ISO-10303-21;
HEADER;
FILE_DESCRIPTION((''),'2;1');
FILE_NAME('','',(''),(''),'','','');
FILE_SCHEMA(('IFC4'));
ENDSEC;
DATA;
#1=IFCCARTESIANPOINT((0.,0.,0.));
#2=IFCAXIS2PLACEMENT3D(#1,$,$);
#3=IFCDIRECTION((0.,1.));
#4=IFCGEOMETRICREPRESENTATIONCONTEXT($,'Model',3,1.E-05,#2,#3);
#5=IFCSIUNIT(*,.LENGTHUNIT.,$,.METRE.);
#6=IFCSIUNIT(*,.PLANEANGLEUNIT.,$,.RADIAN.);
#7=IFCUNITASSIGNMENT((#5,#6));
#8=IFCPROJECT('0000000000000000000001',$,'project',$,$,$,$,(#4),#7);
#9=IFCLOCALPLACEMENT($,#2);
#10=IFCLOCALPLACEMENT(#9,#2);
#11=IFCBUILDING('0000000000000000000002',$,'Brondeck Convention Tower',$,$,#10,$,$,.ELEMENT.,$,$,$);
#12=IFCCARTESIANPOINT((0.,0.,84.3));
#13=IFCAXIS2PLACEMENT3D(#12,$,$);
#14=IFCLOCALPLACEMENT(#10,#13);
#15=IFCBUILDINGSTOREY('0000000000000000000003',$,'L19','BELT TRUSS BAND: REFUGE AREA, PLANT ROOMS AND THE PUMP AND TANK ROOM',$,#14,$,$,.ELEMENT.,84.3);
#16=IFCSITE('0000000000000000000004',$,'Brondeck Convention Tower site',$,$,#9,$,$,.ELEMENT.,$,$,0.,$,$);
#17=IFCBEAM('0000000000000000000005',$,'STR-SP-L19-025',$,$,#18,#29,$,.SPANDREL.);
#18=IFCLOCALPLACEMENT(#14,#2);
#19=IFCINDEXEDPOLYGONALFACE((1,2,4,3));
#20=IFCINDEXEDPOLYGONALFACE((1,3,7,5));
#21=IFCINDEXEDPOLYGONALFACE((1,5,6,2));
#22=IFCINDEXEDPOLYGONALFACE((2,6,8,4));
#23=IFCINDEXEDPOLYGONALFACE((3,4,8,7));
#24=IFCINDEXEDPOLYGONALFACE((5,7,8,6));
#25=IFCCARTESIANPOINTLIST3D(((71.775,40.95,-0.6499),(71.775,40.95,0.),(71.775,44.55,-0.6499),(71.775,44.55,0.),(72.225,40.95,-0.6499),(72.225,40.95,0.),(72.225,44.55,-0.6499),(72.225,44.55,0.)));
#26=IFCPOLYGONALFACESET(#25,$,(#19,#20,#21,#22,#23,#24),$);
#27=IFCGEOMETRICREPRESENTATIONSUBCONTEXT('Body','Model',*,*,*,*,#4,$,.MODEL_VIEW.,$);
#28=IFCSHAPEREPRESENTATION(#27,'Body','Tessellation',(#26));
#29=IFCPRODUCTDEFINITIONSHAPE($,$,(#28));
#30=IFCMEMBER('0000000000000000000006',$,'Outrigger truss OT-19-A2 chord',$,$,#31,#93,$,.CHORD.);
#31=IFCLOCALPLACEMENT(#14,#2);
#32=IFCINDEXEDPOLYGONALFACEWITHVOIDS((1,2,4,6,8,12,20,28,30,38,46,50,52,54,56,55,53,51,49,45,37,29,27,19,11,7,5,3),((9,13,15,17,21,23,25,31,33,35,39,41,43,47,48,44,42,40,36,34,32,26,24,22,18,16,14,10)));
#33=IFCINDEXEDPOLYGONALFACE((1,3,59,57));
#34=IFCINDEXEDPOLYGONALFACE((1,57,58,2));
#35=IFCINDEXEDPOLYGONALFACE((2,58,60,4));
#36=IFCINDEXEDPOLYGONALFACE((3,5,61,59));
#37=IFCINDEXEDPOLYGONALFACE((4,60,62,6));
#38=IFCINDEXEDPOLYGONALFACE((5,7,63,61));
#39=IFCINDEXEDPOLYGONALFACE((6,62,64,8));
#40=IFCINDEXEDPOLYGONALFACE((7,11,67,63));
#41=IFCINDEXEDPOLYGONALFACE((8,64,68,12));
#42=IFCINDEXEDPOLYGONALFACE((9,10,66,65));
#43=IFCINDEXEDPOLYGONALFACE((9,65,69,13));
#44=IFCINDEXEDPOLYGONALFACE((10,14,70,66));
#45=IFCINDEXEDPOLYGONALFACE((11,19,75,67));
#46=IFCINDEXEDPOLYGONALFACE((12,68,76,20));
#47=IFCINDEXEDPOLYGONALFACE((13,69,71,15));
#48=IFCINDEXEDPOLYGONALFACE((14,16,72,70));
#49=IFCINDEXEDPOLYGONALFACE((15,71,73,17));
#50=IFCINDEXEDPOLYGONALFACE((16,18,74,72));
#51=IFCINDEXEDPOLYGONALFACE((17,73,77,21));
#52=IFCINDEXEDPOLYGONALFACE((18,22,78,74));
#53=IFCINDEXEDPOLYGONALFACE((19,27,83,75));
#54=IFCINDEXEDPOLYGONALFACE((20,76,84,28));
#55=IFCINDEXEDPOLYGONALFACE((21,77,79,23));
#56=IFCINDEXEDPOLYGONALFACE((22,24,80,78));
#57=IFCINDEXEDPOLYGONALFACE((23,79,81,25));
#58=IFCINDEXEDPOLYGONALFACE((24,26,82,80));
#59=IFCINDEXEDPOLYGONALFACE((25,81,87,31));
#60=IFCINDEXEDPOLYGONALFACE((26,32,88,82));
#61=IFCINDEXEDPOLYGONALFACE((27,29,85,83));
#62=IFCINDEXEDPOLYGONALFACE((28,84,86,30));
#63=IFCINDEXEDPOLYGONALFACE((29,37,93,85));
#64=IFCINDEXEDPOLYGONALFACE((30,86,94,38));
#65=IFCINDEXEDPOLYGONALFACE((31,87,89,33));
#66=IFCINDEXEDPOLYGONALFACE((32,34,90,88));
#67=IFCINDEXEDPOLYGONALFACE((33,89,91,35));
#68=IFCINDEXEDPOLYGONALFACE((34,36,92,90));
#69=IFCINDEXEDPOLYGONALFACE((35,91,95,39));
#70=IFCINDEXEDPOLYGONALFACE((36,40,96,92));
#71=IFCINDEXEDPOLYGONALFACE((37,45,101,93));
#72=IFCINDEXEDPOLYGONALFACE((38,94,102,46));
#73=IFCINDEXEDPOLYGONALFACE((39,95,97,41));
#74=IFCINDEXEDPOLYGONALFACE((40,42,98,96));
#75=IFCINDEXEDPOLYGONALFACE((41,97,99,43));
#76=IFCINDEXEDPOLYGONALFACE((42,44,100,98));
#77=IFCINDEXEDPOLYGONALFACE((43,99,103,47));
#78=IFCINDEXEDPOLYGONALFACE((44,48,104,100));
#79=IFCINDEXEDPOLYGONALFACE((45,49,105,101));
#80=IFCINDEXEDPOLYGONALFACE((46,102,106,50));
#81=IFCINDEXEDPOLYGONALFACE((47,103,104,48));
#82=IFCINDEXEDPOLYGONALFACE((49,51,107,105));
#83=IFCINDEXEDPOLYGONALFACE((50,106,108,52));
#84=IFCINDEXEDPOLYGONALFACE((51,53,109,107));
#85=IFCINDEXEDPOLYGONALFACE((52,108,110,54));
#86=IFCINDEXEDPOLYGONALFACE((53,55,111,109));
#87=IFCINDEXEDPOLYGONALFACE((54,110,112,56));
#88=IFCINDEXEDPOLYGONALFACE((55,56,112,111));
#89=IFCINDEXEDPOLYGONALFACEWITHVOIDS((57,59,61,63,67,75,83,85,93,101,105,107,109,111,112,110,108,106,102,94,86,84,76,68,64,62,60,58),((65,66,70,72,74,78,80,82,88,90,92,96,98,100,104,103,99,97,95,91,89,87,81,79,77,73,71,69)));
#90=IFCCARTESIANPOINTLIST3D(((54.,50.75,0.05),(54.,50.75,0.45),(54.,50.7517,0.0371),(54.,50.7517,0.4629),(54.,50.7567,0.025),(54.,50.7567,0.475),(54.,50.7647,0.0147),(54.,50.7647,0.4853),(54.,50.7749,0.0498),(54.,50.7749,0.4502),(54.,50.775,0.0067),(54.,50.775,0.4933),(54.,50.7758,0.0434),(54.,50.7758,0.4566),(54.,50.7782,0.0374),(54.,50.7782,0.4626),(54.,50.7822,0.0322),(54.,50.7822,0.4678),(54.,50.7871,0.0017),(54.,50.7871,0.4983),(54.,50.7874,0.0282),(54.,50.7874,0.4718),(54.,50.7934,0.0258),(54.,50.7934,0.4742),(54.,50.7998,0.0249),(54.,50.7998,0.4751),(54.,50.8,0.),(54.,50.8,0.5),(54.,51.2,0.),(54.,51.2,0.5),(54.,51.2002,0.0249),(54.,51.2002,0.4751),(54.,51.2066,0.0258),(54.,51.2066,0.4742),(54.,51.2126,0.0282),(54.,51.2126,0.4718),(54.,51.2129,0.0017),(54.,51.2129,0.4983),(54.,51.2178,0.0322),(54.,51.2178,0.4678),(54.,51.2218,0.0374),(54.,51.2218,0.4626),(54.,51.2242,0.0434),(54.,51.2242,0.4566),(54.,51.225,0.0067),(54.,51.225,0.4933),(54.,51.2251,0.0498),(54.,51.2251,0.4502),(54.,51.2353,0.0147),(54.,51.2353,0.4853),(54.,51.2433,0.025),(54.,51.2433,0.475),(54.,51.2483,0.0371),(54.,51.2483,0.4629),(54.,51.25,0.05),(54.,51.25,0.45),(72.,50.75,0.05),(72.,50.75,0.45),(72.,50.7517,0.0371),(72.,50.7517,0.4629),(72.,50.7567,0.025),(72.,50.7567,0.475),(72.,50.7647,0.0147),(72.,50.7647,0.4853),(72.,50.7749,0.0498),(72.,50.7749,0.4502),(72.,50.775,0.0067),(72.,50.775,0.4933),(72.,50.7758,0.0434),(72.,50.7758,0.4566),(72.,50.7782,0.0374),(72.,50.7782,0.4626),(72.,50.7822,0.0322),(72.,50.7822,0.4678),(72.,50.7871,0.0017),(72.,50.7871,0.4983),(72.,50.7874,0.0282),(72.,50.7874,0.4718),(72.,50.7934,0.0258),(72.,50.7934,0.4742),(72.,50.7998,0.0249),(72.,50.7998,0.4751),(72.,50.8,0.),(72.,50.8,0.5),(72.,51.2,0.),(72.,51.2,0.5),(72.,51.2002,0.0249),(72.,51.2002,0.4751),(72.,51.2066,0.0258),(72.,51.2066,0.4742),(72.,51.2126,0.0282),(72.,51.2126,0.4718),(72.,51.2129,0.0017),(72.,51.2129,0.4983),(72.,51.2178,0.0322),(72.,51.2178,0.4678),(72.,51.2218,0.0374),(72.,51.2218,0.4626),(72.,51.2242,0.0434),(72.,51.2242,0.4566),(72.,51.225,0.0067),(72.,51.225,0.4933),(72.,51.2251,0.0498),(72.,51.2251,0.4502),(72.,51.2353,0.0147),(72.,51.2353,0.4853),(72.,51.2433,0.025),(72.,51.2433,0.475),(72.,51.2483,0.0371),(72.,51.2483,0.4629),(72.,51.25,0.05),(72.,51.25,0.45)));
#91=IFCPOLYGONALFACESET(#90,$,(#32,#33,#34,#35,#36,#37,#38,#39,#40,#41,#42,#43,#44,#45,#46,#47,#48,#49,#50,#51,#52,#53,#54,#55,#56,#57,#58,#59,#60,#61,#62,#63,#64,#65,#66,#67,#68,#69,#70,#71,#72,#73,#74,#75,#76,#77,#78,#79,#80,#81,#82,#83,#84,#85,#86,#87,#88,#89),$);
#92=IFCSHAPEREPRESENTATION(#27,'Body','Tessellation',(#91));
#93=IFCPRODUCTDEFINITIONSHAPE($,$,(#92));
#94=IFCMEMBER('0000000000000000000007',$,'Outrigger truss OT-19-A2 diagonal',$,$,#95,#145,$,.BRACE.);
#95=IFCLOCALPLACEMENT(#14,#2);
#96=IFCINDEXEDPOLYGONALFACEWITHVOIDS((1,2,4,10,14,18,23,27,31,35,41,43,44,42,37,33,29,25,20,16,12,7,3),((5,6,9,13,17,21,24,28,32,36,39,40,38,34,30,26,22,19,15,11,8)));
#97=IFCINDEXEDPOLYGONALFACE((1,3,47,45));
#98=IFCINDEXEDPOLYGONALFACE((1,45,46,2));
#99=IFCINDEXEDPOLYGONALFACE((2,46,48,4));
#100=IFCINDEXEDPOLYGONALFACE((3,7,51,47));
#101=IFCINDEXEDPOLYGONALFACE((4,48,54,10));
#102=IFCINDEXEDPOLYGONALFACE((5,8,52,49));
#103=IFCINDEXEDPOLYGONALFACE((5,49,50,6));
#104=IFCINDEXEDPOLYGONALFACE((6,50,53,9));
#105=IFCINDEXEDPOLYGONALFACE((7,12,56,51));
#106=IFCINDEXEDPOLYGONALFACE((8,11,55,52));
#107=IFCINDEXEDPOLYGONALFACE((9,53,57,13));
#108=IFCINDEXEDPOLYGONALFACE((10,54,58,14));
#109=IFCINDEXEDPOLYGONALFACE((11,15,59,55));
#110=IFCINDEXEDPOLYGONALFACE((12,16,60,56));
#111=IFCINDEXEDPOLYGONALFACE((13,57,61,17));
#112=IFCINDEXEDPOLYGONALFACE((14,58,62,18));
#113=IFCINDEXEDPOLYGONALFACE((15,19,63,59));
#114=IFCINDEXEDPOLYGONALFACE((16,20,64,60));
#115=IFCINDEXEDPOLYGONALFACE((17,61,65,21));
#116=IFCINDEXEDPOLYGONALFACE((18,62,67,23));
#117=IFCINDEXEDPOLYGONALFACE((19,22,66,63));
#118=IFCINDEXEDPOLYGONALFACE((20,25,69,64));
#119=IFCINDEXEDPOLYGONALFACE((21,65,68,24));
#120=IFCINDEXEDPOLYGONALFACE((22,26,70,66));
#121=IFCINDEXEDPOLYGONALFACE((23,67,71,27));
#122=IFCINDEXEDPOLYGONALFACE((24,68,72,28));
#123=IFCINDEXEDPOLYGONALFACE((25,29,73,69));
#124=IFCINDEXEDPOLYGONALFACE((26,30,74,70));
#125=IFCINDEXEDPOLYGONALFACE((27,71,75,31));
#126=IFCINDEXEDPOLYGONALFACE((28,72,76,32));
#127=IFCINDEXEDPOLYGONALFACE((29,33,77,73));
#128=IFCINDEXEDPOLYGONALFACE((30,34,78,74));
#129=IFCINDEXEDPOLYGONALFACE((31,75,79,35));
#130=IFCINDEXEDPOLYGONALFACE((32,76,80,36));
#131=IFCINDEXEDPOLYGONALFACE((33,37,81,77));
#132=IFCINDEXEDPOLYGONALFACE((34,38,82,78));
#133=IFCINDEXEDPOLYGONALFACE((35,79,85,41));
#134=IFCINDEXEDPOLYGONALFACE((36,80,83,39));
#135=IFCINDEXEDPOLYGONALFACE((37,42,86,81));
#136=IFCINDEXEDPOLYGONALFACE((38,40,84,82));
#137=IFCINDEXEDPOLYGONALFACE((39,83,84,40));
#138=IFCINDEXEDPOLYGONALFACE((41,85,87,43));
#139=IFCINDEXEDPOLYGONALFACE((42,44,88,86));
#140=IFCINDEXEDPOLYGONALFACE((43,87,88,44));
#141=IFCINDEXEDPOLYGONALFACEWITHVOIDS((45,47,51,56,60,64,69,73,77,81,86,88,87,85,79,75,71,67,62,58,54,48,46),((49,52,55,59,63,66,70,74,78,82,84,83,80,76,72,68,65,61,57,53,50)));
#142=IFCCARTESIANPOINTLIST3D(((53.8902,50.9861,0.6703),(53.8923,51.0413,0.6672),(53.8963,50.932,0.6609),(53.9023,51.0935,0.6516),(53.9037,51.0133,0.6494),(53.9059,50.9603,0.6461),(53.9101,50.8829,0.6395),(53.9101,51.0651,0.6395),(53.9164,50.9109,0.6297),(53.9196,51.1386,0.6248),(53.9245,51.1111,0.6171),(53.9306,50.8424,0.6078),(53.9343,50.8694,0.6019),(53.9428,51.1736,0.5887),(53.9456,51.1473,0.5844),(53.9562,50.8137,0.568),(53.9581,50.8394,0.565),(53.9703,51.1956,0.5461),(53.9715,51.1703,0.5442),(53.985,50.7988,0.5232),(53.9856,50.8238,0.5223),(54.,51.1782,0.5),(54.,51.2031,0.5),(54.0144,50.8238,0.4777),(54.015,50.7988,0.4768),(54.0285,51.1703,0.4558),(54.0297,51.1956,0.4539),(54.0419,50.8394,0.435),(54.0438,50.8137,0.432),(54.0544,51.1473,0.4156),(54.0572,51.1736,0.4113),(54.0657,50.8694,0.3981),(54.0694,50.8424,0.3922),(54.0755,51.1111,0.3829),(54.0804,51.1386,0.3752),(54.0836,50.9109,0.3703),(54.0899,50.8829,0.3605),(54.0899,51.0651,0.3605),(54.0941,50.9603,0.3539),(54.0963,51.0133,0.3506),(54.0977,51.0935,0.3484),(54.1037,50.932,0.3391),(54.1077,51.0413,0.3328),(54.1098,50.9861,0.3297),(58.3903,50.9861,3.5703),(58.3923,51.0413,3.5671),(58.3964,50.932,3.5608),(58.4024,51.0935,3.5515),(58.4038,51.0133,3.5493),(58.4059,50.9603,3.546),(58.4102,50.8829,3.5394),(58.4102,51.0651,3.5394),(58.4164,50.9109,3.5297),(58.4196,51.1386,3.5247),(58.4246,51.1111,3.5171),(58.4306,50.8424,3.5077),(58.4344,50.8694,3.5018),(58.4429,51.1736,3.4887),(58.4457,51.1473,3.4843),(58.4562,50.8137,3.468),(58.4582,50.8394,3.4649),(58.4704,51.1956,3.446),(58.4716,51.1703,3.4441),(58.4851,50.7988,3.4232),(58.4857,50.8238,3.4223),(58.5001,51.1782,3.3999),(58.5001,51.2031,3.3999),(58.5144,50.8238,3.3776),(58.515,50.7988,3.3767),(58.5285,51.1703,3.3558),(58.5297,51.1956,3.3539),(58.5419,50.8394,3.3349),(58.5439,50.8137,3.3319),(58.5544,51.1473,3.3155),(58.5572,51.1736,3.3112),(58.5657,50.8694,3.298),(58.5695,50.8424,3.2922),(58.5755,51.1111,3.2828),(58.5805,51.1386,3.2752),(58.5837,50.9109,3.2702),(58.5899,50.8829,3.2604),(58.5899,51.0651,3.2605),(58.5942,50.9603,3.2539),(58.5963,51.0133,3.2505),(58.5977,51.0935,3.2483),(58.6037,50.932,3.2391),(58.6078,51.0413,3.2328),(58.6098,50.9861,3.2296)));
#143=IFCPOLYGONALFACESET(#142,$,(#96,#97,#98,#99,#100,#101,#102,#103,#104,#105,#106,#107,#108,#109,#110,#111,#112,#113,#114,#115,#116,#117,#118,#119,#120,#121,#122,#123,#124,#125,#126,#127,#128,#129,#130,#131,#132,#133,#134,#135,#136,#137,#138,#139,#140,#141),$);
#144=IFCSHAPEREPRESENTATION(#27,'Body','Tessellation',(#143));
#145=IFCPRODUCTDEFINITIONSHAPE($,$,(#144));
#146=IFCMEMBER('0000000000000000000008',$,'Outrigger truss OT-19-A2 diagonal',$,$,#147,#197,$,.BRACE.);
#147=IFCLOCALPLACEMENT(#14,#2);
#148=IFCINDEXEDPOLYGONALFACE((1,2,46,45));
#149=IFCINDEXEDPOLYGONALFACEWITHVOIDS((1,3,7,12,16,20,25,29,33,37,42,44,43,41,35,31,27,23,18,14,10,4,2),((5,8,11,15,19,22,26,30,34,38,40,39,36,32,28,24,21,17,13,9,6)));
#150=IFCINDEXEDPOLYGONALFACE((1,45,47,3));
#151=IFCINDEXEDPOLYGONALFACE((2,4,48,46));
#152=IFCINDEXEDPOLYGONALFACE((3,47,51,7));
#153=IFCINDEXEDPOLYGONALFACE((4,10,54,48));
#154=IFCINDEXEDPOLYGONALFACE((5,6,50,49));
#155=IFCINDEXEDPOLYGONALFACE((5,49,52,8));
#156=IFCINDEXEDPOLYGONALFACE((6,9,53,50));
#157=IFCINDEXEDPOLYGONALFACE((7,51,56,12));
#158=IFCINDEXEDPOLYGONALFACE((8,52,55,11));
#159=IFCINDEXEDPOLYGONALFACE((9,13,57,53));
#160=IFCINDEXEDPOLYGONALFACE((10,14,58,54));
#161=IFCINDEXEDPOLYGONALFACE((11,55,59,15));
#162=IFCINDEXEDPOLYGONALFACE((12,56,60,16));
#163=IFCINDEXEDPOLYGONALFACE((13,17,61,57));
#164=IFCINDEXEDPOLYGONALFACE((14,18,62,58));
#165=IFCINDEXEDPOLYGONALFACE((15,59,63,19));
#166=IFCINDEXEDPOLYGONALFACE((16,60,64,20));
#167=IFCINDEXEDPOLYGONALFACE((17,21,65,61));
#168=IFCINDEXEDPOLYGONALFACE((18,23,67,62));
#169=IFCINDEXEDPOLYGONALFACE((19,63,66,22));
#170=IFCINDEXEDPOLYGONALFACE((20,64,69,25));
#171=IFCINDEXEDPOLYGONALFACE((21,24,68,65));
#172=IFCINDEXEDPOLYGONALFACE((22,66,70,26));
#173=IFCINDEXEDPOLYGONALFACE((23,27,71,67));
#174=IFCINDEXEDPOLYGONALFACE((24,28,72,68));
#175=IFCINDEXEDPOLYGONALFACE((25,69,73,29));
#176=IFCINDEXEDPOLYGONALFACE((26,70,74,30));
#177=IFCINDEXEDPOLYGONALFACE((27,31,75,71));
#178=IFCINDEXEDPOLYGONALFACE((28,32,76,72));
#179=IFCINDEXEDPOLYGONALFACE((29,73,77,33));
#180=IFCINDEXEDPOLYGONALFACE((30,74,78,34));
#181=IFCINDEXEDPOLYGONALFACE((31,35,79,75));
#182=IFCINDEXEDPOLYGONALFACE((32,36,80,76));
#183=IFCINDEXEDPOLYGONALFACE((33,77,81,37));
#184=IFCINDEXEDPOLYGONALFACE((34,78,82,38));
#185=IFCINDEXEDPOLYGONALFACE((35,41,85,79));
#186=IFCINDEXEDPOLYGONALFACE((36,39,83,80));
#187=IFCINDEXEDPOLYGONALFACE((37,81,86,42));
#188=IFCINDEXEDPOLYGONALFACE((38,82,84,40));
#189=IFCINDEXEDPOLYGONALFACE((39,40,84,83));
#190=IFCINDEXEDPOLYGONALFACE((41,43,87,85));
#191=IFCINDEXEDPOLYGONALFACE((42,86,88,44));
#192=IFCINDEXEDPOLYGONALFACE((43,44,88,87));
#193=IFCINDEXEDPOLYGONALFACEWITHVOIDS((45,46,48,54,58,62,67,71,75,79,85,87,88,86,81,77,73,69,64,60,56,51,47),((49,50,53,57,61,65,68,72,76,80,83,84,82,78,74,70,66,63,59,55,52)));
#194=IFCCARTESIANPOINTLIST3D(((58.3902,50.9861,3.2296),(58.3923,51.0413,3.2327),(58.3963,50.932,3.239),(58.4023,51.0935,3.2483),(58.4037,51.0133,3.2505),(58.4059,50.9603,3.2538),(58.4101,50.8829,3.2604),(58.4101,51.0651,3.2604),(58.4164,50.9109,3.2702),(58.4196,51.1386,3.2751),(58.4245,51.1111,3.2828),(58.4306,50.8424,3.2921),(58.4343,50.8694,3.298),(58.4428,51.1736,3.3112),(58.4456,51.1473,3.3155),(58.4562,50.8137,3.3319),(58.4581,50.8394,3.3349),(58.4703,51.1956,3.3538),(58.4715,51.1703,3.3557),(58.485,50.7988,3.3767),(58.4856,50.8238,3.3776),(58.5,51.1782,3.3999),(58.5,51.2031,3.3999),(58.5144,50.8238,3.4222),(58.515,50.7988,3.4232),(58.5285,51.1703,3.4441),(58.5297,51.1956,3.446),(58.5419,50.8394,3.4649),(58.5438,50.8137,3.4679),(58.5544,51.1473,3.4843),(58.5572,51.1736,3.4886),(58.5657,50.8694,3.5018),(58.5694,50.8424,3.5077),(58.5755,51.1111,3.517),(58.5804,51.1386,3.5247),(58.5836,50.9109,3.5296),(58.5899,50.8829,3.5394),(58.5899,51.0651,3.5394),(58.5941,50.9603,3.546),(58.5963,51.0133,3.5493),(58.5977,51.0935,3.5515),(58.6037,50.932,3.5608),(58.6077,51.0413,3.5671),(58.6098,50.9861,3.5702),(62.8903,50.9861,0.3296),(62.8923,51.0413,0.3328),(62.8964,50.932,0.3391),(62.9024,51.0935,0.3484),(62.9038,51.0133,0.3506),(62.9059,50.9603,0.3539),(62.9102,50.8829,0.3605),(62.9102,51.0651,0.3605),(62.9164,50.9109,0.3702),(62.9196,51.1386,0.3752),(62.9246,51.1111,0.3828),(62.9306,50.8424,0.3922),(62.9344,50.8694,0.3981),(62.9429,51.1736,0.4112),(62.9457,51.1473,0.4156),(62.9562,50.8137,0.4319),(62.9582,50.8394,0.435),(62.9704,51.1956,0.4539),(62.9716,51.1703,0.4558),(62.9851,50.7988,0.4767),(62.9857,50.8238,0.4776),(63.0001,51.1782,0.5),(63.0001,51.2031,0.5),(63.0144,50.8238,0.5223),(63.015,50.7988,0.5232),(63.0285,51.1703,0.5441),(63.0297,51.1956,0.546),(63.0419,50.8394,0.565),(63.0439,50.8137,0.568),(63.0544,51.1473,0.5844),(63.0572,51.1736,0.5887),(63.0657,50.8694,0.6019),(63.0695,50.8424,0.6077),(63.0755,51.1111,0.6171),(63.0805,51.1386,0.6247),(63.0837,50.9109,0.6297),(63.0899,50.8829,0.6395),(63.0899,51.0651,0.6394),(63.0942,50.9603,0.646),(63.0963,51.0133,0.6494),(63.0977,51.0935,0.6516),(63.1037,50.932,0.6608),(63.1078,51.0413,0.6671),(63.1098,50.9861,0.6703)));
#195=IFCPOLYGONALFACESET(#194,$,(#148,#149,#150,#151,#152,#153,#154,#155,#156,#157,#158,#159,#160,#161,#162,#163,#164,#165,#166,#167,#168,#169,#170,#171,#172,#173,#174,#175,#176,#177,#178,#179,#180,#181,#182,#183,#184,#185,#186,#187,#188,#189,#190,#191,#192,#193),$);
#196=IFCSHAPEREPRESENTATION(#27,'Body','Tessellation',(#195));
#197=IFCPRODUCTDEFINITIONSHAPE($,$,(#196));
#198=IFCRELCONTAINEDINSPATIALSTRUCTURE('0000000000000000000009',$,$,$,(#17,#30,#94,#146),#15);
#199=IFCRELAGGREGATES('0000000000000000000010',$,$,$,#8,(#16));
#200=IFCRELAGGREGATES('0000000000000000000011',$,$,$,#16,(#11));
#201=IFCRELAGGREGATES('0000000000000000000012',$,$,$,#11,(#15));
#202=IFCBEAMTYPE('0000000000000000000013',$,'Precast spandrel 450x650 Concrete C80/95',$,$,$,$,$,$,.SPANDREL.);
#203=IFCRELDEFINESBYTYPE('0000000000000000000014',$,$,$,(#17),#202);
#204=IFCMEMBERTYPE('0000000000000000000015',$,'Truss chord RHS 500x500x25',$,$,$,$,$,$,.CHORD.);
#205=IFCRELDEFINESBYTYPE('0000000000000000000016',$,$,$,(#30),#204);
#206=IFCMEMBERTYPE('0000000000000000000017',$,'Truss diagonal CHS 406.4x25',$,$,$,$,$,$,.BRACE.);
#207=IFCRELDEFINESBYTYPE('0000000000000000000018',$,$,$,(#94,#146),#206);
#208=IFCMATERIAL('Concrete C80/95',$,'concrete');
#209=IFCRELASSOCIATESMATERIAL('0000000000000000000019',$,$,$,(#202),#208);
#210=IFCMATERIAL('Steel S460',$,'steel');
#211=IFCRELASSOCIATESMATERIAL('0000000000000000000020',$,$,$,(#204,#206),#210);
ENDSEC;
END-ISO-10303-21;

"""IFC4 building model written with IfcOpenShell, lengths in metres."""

from ifc_helpers import new_model, si_unit, direction, frame, origin, origin_2d, place, context, subcontext, project, spatial, rectangle, hollow_rectangle, hollow_circle, extrude, material, material_profile, profile_set, type_object, element, save


model = new_model("IFC4")

# Units and contexts
model_context = context("Model", 3, precision=1e-05, world=origin(), true_north=direction((0.0, 1.0)))
body_context = subcontext(model_context, "Body", "Model", "MODEL_VIEW")
ifc_project = project(units=[si_unit("LENGTHUNIT", "METRE"), si_unit("PLANEANGLEUNIT", "RADIAN")], contexts=[model_context])

# Site, building, storey
site_placement = place(None, origin())
site = spatial("IfcSite", under=ifc_project, at=site_placement, Name="Brondeck Convention Tower site", CompositionType="ELEMENT", RefElevation=0.0)
building_placement = place(site_placement, origin())
building = spatial("IfcBuilding", under=site, at=building_placement, Name="Brondeck Convention Tower", CompositionType="ELEMENT")
storey_placement = place(building_placement, frame((0.0, 0.0, 84.3)))
storey = spatial("IfcBuildingStorey", under=building, at=storey_placement, Name="L19", Description="BELT TRUSS BAND: REFUGE AREA, PLANT ROOMS AND THE PUMP AND TANK ROOM", CompositionType="ELEMENT", Elevation=84.3)

# Shared definitions
ifc_material_1 = material(Name="Concrete C80/95", Category="concrete")

# Shared definitions
ifc_material_2 = material(Name="Steel S460", Category="steel")

# Beam
ifc_material_profile_1 = material_profile(ifc_material_1, rectangle(XDim=0.45, YDim=0.6499, at=origin_2d()), Name="Precast spandrel 450x650 Concrete C80/95")
ifc_profile_set_1 = profile_set([ifc_material_profile_1], Name="Concrete C80/95")
beam_type_1 = type_object("IfcBeamType", Name="Precast spandrel 450x650 Concrete C80/95", PredefinedType="SPANDREL", material=ifc_profile_set_1)
beam_1_placement = place(storey_placement, frame((72.0, 40.95, -0.325), z_axis=(0.0, 1.0, 0.0), x_axis=(-1.0, 0.0, 0.0)))
element("IfcBeam", 1, at=beam_1_placement, inside=storey, type_object=beam_type_1, Name="STR-SP-L19-025", PredefinedType="SPANDREL", context=body_context, shape_type="SweptSolid", body=[
    extrude(rectangle(XDim=0.45, YDim=0.6499, at=origin_2d()), origin(), (0.0, 0.0, 1.0), 3.6001),
])

# Members
ifc_material_profile_2 = material_profile(ifc_material_2, hollow_rectangle(XDim=0.5, YDim=0.5, WallThickness=0.0249, InnerFilletRadius=0.0249, OuterFilletRadius=0.05, at=origin_2d()), Name="RHS 500x500x25")
ifc_profile_set_2 = profile_set([ifc_material_profile_2], Name="Steel S460")
member_type_1 = type_object("IfcMemberType", Name="Truss chord RHS 500x500x25", PredefinedType="CHORD", material=ifc_profile_set_2)
member_placement = place(storey_placement, frame((54.0, 51.0, 0.25), z_axis=(1.0, 0.0, 0.0), x_axis=(0.0, 1.0, 0.0)))
element("IfcMember", 2, at=member_placement, inside=storey, type_object=member_type_1, Name="Outrigger truss OT-19-A2 chord", PredefinedType="CHORD", context=body_context, shape_type="SweptSolid", body=[
    extrude(hollow_rectangle(XDim=0.5, YDim=0.5, WallThickness=0.0249, InnerFilletRadius=0.0249, OuterFilletRadius=0.05, at=origin_2d()), origin(), (0.0, 0.0, 1.0), 18.0),
])
ifc_material_profile_3 = material_profile(ifc_material_2, hollow_circle(Radius=0.2031, WallThickness=0.0249, at=origin_2d()), Name="CHS 406.4x25")
ifc_profile_set_3 = profile_set([ifc_material_profile_3], Name="Steel S460")
member_type_2 = type_object("IfcMemberType", Name="Truss diagonal CHS 406.4x25", PredefinedType="BRACE", material=ifc_profile_set_3)
for number, where, z_axis, x_axis, name in (
    (3, (54.0, 51.0, 0.5), (0.840579, 0.0, 0.541688), (0.0, 1.0, 0.0), "Outrigger truss OT-19-A2 diagonal"),
    (4, (58.5, 51.0, 3.3999), (0.840579, 0.0, -0.541688), (0.0, 1.0, 0.0), "Outrigger truss OT-19-A2 diagonal"),
):
    element("IfcMember", number, at=place(storey_placement, frame(where, z_axis=z_axis, x_axis=x_axis)), inside=storey, type_object=member_type_2, Name=name, PredefinedType="BRACE", context=body_context, shape_type="SweptSolid", body=[
        extrude(hollow_circle(Radius=0.2031, WallThickness=0.0249, at=origin_2d()), origin(), (0.0, 0.0, 1.0), 5.3535),
    ])

save(model, "model.ifc")
